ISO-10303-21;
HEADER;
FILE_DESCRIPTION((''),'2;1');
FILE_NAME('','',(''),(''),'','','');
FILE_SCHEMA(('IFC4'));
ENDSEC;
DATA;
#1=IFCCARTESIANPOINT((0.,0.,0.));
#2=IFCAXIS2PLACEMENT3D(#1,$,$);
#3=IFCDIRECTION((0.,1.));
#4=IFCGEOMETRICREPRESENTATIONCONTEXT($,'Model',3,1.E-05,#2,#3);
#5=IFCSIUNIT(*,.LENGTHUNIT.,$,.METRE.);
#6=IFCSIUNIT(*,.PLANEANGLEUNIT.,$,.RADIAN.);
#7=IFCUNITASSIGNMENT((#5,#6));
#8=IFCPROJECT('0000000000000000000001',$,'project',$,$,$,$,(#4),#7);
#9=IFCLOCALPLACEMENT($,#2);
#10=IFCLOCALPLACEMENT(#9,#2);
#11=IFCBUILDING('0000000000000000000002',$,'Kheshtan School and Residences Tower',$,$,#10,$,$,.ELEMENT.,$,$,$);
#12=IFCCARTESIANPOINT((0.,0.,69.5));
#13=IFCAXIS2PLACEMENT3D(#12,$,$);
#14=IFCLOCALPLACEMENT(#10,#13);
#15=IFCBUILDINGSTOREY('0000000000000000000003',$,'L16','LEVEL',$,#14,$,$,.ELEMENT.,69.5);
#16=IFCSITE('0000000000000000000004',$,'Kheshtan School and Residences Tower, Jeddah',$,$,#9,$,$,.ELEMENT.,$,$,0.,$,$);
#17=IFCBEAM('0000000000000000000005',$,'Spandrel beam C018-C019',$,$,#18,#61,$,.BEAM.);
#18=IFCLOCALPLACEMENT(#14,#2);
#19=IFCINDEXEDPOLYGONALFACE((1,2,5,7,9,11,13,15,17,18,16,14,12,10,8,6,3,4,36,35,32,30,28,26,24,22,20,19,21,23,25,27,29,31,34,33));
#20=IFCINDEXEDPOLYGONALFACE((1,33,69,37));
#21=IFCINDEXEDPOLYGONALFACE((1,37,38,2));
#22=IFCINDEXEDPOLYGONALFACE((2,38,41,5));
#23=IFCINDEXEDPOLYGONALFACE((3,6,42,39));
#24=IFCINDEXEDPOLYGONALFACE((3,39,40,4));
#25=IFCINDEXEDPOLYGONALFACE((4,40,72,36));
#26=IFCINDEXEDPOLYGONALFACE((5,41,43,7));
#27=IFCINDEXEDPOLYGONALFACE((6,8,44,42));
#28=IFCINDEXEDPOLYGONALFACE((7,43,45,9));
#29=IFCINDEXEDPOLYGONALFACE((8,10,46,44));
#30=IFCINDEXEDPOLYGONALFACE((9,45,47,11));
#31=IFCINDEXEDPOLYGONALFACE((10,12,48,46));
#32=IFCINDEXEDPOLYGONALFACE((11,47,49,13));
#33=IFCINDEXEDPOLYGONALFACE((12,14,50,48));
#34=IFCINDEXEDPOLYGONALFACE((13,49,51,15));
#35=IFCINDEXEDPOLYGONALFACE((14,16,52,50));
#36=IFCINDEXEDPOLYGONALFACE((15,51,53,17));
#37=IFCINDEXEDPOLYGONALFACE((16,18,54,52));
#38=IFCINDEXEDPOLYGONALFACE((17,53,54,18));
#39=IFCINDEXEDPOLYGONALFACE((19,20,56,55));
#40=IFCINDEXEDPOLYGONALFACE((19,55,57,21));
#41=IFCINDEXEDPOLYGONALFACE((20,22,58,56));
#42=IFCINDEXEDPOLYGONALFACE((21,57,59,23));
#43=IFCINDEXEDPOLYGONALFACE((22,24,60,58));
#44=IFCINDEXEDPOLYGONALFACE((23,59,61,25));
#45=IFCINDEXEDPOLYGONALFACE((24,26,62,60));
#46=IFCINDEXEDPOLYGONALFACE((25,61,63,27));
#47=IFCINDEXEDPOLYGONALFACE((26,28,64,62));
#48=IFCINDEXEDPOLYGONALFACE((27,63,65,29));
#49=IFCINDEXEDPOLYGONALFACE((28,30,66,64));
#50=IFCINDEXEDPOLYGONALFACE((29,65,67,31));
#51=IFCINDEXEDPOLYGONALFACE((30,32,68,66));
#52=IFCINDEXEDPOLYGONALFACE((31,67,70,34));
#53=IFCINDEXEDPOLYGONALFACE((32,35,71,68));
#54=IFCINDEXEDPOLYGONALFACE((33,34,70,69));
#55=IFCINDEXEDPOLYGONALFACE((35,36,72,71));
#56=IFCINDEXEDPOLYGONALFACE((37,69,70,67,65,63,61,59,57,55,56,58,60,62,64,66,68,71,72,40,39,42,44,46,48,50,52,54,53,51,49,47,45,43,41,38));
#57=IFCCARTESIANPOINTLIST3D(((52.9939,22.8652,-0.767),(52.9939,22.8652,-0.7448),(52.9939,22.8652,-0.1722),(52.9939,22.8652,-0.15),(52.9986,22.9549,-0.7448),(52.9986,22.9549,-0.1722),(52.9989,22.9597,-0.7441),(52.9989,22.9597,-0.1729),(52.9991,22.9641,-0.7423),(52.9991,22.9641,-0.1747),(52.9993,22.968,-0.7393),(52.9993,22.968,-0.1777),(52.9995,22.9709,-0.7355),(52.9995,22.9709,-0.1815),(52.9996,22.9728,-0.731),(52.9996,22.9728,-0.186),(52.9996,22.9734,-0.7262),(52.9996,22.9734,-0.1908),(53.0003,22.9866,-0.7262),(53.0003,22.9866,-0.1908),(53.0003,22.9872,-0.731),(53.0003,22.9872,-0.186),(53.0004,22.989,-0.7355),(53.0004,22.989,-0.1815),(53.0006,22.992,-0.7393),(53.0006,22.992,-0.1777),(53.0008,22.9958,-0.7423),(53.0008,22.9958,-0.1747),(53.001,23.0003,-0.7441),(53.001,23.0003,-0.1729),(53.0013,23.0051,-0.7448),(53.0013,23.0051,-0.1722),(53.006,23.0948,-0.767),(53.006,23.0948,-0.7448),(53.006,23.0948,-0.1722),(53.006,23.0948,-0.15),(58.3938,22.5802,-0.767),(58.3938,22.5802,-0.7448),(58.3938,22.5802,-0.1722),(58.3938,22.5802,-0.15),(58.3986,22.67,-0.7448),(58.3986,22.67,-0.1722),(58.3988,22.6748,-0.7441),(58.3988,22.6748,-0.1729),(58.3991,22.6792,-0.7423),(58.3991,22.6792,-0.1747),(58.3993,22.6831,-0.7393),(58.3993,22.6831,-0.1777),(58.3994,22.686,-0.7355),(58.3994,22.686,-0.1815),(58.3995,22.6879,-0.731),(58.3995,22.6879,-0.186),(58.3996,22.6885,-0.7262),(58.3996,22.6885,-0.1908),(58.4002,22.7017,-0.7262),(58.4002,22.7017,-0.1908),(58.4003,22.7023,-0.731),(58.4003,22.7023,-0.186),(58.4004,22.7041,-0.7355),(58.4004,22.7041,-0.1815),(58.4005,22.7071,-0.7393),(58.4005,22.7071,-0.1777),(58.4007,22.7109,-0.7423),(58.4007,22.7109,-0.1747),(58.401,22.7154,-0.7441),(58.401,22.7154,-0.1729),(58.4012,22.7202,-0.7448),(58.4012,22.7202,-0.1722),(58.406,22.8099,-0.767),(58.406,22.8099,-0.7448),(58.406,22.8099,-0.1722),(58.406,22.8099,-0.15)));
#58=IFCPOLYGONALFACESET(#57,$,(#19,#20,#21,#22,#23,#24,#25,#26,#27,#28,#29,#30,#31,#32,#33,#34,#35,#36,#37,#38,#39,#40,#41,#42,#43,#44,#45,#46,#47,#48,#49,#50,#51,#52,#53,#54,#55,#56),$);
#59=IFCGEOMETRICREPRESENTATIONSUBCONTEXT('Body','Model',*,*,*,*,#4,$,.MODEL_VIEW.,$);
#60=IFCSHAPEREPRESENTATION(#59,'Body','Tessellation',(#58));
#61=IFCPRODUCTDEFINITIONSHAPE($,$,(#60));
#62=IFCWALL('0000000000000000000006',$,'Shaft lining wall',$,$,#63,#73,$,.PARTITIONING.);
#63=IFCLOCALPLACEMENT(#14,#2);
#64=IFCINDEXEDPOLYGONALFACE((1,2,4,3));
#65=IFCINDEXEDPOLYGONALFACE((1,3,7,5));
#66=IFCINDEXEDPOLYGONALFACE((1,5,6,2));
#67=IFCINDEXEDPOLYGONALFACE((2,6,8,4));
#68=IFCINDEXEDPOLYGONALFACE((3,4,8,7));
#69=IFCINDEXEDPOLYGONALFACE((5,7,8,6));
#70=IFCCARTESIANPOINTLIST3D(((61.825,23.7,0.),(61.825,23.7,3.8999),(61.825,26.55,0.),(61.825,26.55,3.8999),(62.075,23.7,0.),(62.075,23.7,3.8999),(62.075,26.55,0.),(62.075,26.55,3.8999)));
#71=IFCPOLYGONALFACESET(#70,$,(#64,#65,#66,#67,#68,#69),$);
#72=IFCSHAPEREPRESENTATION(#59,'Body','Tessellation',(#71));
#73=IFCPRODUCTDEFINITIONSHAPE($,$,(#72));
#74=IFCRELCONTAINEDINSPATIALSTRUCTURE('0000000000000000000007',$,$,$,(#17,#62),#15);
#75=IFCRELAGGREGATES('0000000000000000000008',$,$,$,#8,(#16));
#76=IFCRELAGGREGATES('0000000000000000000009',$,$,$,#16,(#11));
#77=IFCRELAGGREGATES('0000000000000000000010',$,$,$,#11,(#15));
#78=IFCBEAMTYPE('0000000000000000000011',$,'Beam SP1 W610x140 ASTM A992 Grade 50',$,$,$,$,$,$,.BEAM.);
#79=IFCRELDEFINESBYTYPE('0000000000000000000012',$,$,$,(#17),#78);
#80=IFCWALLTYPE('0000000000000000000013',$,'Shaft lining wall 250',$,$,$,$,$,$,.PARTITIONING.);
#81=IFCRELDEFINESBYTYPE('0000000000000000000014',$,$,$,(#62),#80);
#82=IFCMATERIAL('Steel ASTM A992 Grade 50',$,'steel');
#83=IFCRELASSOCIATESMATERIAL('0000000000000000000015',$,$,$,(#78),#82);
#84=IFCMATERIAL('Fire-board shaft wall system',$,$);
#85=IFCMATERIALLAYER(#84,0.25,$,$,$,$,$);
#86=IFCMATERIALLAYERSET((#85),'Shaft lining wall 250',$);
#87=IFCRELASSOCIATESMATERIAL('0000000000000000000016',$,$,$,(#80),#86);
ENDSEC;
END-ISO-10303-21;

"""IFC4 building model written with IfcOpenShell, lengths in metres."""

from ifc_helpers import new_model, si_unit, direction, frame, frame_2d, origin, origin_2d, place, context, subcontext, project, spatial, rectangle, i_section, extrude, material, layer, layer_set, material_profile, profile_set, type_object, element, save


model = new_model("IFC4")

# Units and contexts
model_context = context("Model", 3, precision=1e-05, world=origin(), true_north=direction((0.0, 1.0)))
body_context = subcontext(model_context, "Body", "Model", "MODEL_VIEW")
ifc_project = project(units=[si_unit("LENGTHUNIT", "METRE"), si_unit("PLANEANGLEUNIT", "RADIAN")], contexts=[model_context])

# Site, building, storey
site_placement = place(None, origin())
site = spatial("IfcSite", under=ifc_project, at=site_placement, Name="Kheshtan School and Residences Tower, Jeddah", CompositionType="ELEMENT", RefElevation=0.0)
building_placement = place(site_placement, origin())
building = spatial("IfcBuilding", under=site, at=building_placement, Name="Kheshtan School and Residences Tower", CompositionType="ELEMENT")
storey_placement = place(building_placement, frame((0.0, 0.0, 69.5)))
storey = spatial("IfcBuildingStorey", under=building, at=storey_placement, Name="L16", Description="LEVEL", CompositionType="ELEMENT", Elevation=69.5)

# Shared definitions
ifc_material_1 = material(Name="Steel ASTM A992 Grade 50", Category="steel")

# Beam
ifc_material_profile_1 = material_profile(ifc_material_1, i_section(OverallWidth=0.23, OverallDepth=0.6169, WebThickness=0.0132, FlangeThickness=0.0222, FilletRadius=0.0186, at=origin_2d()), Name="W610x140")
ifc_profile_set_1 = profile_set([ifc_material_profile_1], Name="Steel ASTM A992 Grade 50")
beam_type_1 = type_object("IfcBeamType", Name="Beam SP1 W610x140 ASTM A992 Grade 50", PredefinedType="BEAM", material=ifc_profile_set_1)
beam_1_placement = place(storey_placement, frame((58.3999, 22.6951, -0.4585), z_axis=(-0.998611, 0.052689, 0.0), x_axis=(-0.052689, -0.998611, 0.0)))
element("IfcBeam", 1, at=beam_1_placement, inside=storey, type_object=beam_type_1, Name="Spandrel beam C018-C019", PredefinedType="BEAM", context=body_context, shape_type="SweptSolid", body=[
    extrude(i_section(OverallWidth=0.23, OverallDepth=0.6169, WebThickness=0.0132, FlangeThickness=0.0222, FilletRadius=0.0186, at=origin_2d()), origin(), (0.0, 0.0, 1.0), 5.4075),
])

# Wall
ifc_material_2 = material(Name="Fire-board shaft wall system")
ifc_layer = layer(ifc_material_2, 0.25)
ifc_layer_set = layer_set([ifc_layer], Name="Shaft lining wall 250")
wall_type = type_object("IfcWallType", Name="Shaft lining wall 250", PredefinedType="PARTITIONING", material=ifc_layer_set)
wall_placement = place(storey_placement, frame((61.95, 23.7, 0.0), z_axis=(0.0, 0.0, 1.0), x_axis=(0.0, 1.0, 0.0)))
element("IfcWall", 2, at=wall_placement, inside=storey, type_object=wall_type, Name="Shaft lining wall", PredefinedType="PARTITIONING", context=body_context, shape_type="SweptSolid", body=[
    extrude(rectangle(XDim=2.8501, YDim=0.25, at=frame_2d((1.425, 0.0))), origin(), (0.0, 0.0, 1.0), 3.8999),
])

save(model, "model.ifc")
